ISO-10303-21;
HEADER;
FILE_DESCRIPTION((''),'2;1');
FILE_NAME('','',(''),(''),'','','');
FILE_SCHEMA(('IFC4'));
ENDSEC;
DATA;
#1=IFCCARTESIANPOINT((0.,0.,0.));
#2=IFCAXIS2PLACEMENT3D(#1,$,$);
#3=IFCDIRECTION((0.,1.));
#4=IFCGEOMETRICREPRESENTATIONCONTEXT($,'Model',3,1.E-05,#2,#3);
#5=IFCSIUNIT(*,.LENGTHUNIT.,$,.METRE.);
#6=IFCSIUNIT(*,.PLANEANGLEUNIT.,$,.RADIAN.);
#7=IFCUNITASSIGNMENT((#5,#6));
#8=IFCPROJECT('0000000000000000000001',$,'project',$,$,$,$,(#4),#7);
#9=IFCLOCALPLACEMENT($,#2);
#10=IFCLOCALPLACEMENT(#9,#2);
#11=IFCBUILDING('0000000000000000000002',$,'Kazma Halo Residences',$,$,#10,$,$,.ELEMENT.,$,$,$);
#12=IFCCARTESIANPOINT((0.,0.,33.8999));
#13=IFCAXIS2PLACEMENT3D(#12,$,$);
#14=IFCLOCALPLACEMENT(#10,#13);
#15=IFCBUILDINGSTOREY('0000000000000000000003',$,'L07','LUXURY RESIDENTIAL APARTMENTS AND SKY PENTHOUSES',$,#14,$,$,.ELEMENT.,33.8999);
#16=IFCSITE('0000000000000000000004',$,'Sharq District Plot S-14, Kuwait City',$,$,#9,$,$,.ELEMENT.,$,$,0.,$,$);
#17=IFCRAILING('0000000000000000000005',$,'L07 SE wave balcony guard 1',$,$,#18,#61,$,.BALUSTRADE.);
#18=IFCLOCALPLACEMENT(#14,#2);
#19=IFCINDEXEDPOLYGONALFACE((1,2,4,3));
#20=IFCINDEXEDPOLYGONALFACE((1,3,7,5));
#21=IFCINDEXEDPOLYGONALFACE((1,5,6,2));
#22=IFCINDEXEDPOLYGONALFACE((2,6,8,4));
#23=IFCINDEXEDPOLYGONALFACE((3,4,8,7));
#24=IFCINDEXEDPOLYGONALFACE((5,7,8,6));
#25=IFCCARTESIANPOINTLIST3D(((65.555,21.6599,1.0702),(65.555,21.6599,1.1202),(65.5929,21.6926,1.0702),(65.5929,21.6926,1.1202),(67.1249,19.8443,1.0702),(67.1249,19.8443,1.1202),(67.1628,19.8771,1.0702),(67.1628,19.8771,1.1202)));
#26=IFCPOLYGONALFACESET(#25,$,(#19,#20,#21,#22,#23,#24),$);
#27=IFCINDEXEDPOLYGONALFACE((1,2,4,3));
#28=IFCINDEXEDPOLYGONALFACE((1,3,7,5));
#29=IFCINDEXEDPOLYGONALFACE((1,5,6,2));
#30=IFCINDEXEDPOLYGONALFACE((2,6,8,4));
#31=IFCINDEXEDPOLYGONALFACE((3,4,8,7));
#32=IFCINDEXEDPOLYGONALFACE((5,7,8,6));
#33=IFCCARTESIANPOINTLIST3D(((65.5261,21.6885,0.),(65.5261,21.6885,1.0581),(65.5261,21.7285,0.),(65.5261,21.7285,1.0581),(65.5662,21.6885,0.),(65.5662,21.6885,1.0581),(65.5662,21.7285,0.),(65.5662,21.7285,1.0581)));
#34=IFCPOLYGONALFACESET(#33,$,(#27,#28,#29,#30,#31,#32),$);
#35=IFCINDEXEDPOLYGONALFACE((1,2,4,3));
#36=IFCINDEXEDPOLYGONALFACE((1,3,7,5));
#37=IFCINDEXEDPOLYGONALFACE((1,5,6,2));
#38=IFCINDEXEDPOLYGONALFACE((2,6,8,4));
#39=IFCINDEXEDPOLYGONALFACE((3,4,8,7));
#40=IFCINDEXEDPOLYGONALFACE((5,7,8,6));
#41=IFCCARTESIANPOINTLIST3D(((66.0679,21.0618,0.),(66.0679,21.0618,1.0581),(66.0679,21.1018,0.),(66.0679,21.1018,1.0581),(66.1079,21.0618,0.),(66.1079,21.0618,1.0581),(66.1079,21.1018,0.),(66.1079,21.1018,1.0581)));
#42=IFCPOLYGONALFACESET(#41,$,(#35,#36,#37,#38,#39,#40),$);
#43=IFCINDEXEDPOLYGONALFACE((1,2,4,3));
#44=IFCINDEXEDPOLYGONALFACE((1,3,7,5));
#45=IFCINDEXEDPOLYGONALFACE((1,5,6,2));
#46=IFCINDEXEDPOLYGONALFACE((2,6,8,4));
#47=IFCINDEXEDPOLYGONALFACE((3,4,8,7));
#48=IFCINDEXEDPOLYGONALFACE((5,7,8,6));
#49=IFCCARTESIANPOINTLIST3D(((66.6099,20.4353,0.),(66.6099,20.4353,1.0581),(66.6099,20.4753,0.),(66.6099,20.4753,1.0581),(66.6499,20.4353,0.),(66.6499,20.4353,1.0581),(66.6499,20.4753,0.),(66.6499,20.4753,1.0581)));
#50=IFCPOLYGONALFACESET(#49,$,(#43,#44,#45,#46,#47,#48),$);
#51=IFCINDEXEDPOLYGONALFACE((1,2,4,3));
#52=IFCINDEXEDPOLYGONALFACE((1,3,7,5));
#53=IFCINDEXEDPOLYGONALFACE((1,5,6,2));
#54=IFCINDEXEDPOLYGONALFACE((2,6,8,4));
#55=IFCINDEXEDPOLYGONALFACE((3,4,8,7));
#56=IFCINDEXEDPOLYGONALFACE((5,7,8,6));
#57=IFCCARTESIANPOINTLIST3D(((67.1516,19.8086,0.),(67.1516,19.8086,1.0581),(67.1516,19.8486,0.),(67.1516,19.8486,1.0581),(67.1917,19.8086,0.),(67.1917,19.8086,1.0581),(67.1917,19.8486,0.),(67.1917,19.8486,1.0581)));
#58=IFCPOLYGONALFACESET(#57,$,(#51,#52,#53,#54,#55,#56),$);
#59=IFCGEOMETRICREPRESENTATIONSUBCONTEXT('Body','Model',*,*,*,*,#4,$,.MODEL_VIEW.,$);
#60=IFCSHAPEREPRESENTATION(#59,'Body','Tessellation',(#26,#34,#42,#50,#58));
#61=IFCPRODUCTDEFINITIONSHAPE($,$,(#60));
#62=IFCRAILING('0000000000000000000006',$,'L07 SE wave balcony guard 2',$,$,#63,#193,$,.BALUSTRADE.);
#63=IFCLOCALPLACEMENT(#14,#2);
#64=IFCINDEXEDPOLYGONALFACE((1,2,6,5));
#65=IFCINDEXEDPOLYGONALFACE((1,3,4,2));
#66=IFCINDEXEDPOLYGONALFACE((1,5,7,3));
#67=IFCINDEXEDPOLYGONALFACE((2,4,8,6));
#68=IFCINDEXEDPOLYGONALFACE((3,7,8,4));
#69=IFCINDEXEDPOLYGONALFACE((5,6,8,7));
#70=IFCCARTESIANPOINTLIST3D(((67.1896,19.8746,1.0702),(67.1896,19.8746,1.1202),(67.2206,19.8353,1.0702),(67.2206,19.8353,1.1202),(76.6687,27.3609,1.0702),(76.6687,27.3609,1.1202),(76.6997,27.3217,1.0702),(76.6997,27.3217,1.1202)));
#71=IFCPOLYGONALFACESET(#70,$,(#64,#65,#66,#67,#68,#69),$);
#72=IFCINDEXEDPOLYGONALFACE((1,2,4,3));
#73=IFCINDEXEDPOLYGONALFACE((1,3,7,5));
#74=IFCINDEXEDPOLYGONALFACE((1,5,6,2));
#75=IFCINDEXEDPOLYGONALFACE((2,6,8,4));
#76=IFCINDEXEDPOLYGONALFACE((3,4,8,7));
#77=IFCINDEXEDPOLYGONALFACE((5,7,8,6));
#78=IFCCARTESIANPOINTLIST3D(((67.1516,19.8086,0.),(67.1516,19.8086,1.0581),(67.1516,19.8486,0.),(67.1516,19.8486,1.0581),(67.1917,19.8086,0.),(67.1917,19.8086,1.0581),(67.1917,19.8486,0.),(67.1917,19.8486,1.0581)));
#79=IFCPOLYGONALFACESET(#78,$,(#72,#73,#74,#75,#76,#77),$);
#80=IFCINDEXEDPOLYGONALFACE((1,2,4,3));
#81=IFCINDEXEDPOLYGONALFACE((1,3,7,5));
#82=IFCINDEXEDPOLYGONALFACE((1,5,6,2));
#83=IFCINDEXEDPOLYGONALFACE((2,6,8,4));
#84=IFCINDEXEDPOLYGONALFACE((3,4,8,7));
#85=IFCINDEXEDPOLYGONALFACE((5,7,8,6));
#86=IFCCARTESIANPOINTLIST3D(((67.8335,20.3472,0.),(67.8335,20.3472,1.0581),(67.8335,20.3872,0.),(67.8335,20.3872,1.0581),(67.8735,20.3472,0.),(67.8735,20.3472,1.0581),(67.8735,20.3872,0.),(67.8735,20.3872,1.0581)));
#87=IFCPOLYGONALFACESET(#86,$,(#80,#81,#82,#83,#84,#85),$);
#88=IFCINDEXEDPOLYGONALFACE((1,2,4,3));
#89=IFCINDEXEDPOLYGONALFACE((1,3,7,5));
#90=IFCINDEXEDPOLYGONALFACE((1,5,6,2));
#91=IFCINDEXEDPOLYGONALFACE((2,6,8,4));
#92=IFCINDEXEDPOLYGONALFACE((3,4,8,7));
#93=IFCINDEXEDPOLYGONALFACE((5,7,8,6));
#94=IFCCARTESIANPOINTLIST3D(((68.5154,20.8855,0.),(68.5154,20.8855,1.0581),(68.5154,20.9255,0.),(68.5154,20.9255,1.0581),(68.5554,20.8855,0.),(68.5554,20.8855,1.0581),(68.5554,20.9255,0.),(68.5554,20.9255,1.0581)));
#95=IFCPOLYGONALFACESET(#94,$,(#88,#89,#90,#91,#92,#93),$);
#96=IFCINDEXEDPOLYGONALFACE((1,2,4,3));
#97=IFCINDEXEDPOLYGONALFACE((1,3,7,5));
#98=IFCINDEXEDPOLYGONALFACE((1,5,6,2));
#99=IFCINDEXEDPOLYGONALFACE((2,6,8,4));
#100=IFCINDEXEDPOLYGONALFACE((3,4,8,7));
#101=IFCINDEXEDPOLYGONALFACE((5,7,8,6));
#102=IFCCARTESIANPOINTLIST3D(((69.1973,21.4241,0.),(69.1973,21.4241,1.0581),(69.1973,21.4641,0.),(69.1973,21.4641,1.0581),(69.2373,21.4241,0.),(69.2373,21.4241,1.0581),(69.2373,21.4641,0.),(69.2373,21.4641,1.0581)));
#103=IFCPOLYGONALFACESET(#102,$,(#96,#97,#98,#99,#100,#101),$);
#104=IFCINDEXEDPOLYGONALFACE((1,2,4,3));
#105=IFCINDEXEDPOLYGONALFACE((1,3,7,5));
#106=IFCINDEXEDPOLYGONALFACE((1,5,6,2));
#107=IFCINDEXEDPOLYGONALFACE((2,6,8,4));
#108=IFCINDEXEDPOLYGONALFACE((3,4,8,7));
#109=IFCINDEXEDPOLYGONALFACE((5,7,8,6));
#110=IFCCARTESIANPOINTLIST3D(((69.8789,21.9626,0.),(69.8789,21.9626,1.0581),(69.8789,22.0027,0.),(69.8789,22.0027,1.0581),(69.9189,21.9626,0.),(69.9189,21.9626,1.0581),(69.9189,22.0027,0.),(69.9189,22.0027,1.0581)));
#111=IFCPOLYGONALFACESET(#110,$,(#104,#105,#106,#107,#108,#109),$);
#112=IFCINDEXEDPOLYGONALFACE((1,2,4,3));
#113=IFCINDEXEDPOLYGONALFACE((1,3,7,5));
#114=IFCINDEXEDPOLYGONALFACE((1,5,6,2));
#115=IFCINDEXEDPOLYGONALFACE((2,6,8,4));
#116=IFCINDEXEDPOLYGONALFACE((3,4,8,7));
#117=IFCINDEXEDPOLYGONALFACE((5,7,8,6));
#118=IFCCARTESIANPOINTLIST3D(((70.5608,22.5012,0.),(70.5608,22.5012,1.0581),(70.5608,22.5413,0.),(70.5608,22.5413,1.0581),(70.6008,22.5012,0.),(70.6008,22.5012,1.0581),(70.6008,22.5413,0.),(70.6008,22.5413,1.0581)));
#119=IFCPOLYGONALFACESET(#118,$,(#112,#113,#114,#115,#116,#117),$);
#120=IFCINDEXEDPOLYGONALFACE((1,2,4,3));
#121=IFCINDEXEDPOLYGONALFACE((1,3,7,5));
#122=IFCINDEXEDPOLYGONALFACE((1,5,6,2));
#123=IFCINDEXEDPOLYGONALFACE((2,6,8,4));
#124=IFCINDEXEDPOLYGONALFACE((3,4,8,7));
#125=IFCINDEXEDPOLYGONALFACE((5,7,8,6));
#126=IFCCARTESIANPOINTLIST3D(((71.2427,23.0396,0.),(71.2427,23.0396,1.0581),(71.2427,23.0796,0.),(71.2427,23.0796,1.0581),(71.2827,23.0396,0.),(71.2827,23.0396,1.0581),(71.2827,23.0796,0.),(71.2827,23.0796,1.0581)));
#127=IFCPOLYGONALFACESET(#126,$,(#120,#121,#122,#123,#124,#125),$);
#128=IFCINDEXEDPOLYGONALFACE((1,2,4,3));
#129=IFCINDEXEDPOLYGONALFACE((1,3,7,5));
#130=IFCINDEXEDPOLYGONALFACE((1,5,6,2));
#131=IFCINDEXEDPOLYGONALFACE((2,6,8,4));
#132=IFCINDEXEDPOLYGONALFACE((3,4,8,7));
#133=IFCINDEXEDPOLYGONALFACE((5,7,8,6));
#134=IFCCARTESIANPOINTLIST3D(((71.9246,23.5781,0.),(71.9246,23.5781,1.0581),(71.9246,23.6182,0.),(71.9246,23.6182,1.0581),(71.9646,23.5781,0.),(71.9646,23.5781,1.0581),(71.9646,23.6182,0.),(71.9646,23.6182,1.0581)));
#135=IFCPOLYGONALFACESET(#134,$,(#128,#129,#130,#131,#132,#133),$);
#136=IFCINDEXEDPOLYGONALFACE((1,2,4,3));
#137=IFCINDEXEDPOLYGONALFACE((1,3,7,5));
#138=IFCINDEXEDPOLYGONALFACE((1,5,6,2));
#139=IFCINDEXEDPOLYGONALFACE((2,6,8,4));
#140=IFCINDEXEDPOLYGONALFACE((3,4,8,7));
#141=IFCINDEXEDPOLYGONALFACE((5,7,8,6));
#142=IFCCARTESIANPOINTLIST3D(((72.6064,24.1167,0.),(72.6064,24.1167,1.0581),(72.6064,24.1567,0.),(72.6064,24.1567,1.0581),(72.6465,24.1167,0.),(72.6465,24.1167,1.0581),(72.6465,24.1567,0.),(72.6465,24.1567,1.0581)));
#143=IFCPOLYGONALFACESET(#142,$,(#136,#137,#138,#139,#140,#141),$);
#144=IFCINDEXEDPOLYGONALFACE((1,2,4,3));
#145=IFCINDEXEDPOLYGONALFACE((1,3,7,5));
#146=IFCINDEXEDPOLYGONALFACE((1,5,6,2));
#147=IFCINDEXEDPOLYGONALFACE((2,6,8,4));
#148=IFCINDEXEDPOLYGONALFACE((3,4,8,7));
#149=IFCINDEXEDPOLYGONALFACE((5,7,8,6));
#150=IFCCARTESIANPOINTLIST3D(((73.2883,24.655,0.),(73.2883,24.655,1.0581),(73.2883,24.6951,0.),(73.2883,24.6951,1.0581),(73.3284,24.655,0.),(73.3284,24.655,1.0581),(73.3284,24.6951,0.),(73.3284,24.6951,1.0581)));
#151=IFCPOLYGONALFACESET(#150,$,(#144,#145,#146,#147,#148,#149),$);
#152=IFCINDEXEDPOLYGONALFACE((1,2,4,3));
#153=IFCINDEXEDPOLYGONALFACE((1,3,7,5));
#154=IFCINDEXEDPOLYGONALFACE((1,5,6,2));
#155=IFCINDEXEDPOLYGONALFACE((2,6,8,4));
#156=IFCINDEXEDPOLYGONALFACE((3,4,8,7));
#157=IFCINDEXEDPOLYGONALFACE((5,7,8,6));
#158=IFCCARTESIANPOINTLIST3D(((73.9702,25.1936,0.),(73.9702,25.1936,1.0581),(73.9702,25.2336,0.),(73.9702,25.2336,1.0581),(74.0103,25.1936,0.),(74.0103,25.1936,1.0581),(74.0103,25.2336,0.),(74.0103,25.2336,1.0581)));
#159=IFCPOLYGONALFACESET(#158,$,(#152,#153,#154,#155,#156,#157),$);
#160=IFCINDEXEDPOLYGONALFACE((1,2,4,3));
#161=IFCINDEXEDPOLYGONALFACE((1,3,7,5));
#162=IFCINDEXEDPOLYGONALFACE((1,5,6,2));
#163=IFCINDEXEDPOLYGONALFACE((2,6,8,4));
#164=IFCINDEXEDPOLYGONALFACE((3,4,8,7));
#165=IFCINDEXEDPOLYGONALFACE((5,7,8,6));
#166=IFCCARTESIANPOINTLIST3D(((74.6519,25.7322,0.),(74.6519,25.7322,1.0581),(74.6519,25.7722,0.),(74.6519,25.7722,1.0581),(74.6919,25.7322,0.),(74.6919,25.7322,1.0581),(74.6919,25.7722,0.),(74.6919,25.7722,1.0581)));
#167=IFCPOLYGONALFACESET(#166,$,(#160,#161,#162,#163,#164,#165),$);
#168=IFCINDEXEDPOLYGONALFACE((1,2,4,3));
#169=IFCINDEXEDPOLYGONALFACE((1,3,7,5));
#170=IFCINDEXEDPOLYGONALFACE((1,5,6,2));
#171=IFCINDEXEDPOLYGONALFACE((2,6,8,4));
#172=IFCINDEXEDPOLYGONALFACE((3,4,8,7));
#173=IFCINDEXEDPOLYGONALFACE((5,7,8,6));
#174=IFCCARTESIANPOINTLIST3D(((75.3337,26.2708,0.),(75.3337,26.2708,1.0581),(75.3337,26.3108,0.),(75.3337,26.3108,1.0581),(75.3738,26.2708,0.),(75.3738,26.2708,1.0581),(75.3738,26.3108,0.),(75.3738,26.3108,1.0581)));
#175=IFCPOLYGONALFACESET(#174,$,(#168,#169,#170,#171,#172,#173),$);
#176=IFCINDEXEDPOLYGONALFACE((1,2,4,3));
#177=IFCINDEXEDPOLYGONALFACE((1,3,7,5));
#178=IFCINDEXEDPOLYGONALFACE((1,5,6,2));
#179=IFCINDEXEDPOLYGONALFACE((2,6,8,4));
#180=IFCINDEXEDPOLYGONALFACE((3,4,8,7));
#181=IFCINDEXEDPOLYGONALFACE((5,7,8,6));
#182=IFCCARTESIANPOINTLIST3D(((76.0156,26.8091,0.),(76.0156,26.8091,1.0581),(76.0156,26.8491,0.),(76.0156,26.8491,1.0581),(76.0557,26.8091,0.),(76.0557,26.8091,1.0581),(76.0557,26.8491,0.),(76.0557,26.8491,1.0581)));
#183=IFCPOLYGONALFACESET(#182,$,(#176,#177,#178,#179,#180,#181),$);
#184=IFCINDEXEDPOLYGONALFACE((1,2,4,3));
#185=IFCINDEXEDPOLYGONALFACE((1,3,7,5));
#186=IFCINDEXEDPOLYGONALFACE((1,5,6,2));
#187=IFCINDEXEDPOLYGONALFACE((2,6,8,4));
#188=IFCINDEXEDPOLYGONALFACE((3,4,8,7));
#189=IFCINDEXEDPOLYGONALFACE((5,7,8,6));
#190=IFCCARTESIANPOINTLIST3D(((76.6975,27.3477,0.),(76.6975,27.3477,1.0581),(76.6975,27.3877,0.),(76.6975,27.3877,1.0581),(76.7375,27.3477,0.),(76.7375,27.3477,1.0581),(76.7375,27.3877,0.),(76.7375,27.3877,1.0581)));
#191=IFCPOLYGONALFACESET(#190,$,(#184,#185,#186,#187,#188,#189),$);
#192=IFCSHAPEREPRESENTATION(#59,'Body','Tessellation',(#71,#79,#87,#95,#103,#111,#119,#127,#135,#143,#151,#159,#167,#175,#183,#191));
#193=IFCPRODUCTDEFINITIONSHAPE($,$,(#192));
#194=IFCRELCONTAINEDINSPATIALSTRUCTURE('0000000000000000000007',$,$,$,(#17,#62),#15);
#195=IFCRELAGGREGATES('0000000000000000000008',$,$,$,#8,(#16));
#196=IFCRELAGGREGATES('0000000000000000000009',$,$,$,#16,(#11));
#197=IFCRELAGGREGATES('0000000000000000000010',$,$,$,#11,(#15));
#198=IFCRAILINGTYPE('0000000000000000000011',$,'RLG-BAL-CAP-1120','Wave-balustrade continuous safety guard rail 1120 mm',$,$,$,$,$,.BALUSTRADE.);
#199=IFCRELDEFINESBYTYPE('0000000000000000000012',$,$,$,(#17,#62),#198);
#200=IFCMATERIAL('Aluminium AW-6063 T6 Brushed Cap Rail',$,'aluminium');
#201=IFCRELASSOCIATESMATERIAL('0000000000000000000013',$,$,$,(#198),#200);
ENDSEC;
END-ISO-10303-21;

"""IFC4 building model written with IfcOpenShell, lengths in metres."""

from ifc_helpers import new_model, si_unit, direction, frame, origin, origin_2d, place, context, subcontext, project, spatial, rectangle, extrude, material, type_object, element, save


model = new_model("IFC4")

# Units and contexts
model_context = context("Model", 3, precision=1e-05, world=origin(), true_north=direction((0.0, 1.0)))
body_context = subcontext(model_context, "Body", "Model", "MODEL_VIEW")
ifc_project = project(units=[si_unit("LENGTHUNIT", "METRE"), si_unit("PLANEANGLEUNIT", "RADIAN")], contexts=[model_context])

# Site, building, storey
site_placement = place(None, origin())
site = spatial("IfcSite", under=ifc_project, at=site_placement, Name="Sharq District Plot S-14, Kuwait City", CompositionType="ELEMENT", RefElevation=0.0)
building_placement = place(site_placement, origin())
building = spatial("IfcBuilding", under=site, at=building_placement, Name="Kazma Halo Residences", CompositionType="ELEMENT")
storey_placement = place(building_placement, frame((0.0, 0.0, 33.8999)))
storey = spatial("IfcBuildingStorey", under=building, at=storey_placement, Name="L07", Description="LUXURY RESIDENTIAL APARTMENTS AND SKY PENTHOUSES", CompositionType="ELEMENT", Elevation=33.8999)

# Railings
ifc_material_1 = material(Name="Aluminium AW-6063 T6 Brushed Cap Rail", Category="aluminium")
railing_type = type_object("IfcRailingType", Name="RLG-BAL-CAP-1120", Description="Wave-balustrade continuous safety guard rail 1120 mm", PredefinedType="BALUSTRADE", material=ifc_material_1)
railing_1_placement = place(storey_placement, frame((65.5461, 21.7085, 0.0)))
element("IfcRailing", 1, at=railing_1_placement, inside=storey, type_object=railing_type, Name="L07 SE wave balcony guard 1", PredefinedType="BALUSTRADE", context=body_context, shape_type="SweptSolid", body=[
    extrude(rectangle(XDim=0.05, YDim=0.05, at=origin_2d()), frame((0.0278, -0.0322, 1.0952), z_axis=(0.65407, -0.756434, 0.0), x_axis=(0.756434, 0.65407, 0.0)), (0.0, 0.0, 1.0), 2.4001),
    extrude(rectangle(XDim=0.04, YDim=0.04, at=origin_2d()), origin(), (0.0, 0.0, 1.0), 1.0581),
    extrude(rectangle(XDim=0.04, YDim=0.04, at=origin_2d()), frame((0.5417, -0.6267, 0.0)), (0.0, 0.0, 1.0), 1.0581),
    extrude(rectangle(XDim=0.04, YDim=0.04, at=origin_2d()), frame((1.0837, -1.2532, 0.0)), (0.0, 0.0, 1.0), 1.0581),
    extrude(rectangle(XDim=0.04, YDim=0.04, at=origin_2d()), frame((1.6255, -1.8799, 0.0)), (0.0, 0.0, 1.0), 1.0581),
])
railing_2_placement = place(storey_placement, frame((67.1716, 19.8286, 0.0)))
element("IfcRailing", 2, at=railing_2_placement, inside=storey, type_object=railing_type, Name="L07 SE wave balcony guard 2", PredefinedType="BALUSTRADE", context=body_context, shape_type="SweptSolid", body=[
    extrude(rectangle(XDim=0.05, YDim=0.05, at=origin_2d()), frame((0.0334, 0.0264, 1.0952), z_axis=(0.78477, 0.619787, 0.0), x_axis=(-0.619787, 0.78477, 0.0)), (0.0, 0.0, 1.0), 12.0789),
    extrude(rectangle(XDim=0.04, YDim=0.04, at=origin_2d()), origin(), (0.0, 0.0, 1.0), 1.0581),
    extrude(rectangle(XDim=0.04, YDim=0.04, at=origin_2d()), frame((0.6819, 0.5386, 0.0)), (0.0, 0.0, 1.0), 1.0581),
    extrude(rectangle(XDim=0.04, YDim=0.04, at=origin_2d()), frame((1.3638, 1.0769, 0.0)), (0.0, 0.0, 1.0), 1.0581),
    extrude(rectangle(XDim=0.04, YDim=0.04, at=origin_2d()), frame((2.0457, 1.6155, 0.0)), (0.0, 0.0, 1.0), 1.0581),
    extrude(rectangle(XDim=0.04, YDim=0.04, at=origin_2d()), frame((2.7273, 2.1541, 0.0)), (0.0, 0.0, 1.0), 1.0581),
    extrude(rectangle(XDim=0.04, YDim=0.04, at=origin_2d()), frame((3.4092, 2.6926, 0.0)), (0.0, 0.0, 1.0), 1.0581),
    extrude(rectangle(XDim=0.04, YDim=0.04, at=origin_2d()), frame((4.0911, 3.231, 0.0)), (0.0, 0.0, 1.0), 1.0581),
    extrude(rectangle(XDim=0.04, YDim=0.04, at=origin_2d()), frame((4.7729, 3.7695, 0.0)), (0.0, 0.0, 1.0), 1.0581),
    extrude(rectangle(XDim=0.04, YDim=0.04, at=origin_2d()), frame((5.4548, 4.3081, 0.0)), (0.0, 0.0, 1.0), 1.0581),
    extrude(rectangle(XDim=0.04, YDim=0.04, at=origin_2d()), frame((6.1367, 4.8464, 0.0)), (0.0, 0.0, 1.0), 1.0581),
    extrude(rectangle(XDim=0.04, YDim=0.04, at=origin_2d()), frame((6.8186, 5.385, 0.0)), (0.0, 0.0, 1.0), 1.0581),
    extrude(rectangle(XDim=0.04, YDim=0.04, at=origin_2d()), frame((7.5002, 5.9236, 0.0)), (0.0, 0.0, 1.0), 1.0581),
    extrude(rectangle(XDim=0.04, YDim=0.04, at=origin_2d()), frame((8.1821, 6.4622, 0.0)), (0.0, 0.0, 1.0), 1.0581),
    extrude(rectangle(XDim=0.04, YDim=0.04, at=origin_2d()), frame((8.864, 7.0005, 0.0)), (0.0, 0.0, 1.0), 1.0581),
    extrude(rectangle(XDim=0.04, YDim=0.04, at=origin_2d()), frame((9.5459, 7.5391, 0.0)), (0.0, 0.0, 1.0), 1.0581),
])

save(model, "model.ifc")
